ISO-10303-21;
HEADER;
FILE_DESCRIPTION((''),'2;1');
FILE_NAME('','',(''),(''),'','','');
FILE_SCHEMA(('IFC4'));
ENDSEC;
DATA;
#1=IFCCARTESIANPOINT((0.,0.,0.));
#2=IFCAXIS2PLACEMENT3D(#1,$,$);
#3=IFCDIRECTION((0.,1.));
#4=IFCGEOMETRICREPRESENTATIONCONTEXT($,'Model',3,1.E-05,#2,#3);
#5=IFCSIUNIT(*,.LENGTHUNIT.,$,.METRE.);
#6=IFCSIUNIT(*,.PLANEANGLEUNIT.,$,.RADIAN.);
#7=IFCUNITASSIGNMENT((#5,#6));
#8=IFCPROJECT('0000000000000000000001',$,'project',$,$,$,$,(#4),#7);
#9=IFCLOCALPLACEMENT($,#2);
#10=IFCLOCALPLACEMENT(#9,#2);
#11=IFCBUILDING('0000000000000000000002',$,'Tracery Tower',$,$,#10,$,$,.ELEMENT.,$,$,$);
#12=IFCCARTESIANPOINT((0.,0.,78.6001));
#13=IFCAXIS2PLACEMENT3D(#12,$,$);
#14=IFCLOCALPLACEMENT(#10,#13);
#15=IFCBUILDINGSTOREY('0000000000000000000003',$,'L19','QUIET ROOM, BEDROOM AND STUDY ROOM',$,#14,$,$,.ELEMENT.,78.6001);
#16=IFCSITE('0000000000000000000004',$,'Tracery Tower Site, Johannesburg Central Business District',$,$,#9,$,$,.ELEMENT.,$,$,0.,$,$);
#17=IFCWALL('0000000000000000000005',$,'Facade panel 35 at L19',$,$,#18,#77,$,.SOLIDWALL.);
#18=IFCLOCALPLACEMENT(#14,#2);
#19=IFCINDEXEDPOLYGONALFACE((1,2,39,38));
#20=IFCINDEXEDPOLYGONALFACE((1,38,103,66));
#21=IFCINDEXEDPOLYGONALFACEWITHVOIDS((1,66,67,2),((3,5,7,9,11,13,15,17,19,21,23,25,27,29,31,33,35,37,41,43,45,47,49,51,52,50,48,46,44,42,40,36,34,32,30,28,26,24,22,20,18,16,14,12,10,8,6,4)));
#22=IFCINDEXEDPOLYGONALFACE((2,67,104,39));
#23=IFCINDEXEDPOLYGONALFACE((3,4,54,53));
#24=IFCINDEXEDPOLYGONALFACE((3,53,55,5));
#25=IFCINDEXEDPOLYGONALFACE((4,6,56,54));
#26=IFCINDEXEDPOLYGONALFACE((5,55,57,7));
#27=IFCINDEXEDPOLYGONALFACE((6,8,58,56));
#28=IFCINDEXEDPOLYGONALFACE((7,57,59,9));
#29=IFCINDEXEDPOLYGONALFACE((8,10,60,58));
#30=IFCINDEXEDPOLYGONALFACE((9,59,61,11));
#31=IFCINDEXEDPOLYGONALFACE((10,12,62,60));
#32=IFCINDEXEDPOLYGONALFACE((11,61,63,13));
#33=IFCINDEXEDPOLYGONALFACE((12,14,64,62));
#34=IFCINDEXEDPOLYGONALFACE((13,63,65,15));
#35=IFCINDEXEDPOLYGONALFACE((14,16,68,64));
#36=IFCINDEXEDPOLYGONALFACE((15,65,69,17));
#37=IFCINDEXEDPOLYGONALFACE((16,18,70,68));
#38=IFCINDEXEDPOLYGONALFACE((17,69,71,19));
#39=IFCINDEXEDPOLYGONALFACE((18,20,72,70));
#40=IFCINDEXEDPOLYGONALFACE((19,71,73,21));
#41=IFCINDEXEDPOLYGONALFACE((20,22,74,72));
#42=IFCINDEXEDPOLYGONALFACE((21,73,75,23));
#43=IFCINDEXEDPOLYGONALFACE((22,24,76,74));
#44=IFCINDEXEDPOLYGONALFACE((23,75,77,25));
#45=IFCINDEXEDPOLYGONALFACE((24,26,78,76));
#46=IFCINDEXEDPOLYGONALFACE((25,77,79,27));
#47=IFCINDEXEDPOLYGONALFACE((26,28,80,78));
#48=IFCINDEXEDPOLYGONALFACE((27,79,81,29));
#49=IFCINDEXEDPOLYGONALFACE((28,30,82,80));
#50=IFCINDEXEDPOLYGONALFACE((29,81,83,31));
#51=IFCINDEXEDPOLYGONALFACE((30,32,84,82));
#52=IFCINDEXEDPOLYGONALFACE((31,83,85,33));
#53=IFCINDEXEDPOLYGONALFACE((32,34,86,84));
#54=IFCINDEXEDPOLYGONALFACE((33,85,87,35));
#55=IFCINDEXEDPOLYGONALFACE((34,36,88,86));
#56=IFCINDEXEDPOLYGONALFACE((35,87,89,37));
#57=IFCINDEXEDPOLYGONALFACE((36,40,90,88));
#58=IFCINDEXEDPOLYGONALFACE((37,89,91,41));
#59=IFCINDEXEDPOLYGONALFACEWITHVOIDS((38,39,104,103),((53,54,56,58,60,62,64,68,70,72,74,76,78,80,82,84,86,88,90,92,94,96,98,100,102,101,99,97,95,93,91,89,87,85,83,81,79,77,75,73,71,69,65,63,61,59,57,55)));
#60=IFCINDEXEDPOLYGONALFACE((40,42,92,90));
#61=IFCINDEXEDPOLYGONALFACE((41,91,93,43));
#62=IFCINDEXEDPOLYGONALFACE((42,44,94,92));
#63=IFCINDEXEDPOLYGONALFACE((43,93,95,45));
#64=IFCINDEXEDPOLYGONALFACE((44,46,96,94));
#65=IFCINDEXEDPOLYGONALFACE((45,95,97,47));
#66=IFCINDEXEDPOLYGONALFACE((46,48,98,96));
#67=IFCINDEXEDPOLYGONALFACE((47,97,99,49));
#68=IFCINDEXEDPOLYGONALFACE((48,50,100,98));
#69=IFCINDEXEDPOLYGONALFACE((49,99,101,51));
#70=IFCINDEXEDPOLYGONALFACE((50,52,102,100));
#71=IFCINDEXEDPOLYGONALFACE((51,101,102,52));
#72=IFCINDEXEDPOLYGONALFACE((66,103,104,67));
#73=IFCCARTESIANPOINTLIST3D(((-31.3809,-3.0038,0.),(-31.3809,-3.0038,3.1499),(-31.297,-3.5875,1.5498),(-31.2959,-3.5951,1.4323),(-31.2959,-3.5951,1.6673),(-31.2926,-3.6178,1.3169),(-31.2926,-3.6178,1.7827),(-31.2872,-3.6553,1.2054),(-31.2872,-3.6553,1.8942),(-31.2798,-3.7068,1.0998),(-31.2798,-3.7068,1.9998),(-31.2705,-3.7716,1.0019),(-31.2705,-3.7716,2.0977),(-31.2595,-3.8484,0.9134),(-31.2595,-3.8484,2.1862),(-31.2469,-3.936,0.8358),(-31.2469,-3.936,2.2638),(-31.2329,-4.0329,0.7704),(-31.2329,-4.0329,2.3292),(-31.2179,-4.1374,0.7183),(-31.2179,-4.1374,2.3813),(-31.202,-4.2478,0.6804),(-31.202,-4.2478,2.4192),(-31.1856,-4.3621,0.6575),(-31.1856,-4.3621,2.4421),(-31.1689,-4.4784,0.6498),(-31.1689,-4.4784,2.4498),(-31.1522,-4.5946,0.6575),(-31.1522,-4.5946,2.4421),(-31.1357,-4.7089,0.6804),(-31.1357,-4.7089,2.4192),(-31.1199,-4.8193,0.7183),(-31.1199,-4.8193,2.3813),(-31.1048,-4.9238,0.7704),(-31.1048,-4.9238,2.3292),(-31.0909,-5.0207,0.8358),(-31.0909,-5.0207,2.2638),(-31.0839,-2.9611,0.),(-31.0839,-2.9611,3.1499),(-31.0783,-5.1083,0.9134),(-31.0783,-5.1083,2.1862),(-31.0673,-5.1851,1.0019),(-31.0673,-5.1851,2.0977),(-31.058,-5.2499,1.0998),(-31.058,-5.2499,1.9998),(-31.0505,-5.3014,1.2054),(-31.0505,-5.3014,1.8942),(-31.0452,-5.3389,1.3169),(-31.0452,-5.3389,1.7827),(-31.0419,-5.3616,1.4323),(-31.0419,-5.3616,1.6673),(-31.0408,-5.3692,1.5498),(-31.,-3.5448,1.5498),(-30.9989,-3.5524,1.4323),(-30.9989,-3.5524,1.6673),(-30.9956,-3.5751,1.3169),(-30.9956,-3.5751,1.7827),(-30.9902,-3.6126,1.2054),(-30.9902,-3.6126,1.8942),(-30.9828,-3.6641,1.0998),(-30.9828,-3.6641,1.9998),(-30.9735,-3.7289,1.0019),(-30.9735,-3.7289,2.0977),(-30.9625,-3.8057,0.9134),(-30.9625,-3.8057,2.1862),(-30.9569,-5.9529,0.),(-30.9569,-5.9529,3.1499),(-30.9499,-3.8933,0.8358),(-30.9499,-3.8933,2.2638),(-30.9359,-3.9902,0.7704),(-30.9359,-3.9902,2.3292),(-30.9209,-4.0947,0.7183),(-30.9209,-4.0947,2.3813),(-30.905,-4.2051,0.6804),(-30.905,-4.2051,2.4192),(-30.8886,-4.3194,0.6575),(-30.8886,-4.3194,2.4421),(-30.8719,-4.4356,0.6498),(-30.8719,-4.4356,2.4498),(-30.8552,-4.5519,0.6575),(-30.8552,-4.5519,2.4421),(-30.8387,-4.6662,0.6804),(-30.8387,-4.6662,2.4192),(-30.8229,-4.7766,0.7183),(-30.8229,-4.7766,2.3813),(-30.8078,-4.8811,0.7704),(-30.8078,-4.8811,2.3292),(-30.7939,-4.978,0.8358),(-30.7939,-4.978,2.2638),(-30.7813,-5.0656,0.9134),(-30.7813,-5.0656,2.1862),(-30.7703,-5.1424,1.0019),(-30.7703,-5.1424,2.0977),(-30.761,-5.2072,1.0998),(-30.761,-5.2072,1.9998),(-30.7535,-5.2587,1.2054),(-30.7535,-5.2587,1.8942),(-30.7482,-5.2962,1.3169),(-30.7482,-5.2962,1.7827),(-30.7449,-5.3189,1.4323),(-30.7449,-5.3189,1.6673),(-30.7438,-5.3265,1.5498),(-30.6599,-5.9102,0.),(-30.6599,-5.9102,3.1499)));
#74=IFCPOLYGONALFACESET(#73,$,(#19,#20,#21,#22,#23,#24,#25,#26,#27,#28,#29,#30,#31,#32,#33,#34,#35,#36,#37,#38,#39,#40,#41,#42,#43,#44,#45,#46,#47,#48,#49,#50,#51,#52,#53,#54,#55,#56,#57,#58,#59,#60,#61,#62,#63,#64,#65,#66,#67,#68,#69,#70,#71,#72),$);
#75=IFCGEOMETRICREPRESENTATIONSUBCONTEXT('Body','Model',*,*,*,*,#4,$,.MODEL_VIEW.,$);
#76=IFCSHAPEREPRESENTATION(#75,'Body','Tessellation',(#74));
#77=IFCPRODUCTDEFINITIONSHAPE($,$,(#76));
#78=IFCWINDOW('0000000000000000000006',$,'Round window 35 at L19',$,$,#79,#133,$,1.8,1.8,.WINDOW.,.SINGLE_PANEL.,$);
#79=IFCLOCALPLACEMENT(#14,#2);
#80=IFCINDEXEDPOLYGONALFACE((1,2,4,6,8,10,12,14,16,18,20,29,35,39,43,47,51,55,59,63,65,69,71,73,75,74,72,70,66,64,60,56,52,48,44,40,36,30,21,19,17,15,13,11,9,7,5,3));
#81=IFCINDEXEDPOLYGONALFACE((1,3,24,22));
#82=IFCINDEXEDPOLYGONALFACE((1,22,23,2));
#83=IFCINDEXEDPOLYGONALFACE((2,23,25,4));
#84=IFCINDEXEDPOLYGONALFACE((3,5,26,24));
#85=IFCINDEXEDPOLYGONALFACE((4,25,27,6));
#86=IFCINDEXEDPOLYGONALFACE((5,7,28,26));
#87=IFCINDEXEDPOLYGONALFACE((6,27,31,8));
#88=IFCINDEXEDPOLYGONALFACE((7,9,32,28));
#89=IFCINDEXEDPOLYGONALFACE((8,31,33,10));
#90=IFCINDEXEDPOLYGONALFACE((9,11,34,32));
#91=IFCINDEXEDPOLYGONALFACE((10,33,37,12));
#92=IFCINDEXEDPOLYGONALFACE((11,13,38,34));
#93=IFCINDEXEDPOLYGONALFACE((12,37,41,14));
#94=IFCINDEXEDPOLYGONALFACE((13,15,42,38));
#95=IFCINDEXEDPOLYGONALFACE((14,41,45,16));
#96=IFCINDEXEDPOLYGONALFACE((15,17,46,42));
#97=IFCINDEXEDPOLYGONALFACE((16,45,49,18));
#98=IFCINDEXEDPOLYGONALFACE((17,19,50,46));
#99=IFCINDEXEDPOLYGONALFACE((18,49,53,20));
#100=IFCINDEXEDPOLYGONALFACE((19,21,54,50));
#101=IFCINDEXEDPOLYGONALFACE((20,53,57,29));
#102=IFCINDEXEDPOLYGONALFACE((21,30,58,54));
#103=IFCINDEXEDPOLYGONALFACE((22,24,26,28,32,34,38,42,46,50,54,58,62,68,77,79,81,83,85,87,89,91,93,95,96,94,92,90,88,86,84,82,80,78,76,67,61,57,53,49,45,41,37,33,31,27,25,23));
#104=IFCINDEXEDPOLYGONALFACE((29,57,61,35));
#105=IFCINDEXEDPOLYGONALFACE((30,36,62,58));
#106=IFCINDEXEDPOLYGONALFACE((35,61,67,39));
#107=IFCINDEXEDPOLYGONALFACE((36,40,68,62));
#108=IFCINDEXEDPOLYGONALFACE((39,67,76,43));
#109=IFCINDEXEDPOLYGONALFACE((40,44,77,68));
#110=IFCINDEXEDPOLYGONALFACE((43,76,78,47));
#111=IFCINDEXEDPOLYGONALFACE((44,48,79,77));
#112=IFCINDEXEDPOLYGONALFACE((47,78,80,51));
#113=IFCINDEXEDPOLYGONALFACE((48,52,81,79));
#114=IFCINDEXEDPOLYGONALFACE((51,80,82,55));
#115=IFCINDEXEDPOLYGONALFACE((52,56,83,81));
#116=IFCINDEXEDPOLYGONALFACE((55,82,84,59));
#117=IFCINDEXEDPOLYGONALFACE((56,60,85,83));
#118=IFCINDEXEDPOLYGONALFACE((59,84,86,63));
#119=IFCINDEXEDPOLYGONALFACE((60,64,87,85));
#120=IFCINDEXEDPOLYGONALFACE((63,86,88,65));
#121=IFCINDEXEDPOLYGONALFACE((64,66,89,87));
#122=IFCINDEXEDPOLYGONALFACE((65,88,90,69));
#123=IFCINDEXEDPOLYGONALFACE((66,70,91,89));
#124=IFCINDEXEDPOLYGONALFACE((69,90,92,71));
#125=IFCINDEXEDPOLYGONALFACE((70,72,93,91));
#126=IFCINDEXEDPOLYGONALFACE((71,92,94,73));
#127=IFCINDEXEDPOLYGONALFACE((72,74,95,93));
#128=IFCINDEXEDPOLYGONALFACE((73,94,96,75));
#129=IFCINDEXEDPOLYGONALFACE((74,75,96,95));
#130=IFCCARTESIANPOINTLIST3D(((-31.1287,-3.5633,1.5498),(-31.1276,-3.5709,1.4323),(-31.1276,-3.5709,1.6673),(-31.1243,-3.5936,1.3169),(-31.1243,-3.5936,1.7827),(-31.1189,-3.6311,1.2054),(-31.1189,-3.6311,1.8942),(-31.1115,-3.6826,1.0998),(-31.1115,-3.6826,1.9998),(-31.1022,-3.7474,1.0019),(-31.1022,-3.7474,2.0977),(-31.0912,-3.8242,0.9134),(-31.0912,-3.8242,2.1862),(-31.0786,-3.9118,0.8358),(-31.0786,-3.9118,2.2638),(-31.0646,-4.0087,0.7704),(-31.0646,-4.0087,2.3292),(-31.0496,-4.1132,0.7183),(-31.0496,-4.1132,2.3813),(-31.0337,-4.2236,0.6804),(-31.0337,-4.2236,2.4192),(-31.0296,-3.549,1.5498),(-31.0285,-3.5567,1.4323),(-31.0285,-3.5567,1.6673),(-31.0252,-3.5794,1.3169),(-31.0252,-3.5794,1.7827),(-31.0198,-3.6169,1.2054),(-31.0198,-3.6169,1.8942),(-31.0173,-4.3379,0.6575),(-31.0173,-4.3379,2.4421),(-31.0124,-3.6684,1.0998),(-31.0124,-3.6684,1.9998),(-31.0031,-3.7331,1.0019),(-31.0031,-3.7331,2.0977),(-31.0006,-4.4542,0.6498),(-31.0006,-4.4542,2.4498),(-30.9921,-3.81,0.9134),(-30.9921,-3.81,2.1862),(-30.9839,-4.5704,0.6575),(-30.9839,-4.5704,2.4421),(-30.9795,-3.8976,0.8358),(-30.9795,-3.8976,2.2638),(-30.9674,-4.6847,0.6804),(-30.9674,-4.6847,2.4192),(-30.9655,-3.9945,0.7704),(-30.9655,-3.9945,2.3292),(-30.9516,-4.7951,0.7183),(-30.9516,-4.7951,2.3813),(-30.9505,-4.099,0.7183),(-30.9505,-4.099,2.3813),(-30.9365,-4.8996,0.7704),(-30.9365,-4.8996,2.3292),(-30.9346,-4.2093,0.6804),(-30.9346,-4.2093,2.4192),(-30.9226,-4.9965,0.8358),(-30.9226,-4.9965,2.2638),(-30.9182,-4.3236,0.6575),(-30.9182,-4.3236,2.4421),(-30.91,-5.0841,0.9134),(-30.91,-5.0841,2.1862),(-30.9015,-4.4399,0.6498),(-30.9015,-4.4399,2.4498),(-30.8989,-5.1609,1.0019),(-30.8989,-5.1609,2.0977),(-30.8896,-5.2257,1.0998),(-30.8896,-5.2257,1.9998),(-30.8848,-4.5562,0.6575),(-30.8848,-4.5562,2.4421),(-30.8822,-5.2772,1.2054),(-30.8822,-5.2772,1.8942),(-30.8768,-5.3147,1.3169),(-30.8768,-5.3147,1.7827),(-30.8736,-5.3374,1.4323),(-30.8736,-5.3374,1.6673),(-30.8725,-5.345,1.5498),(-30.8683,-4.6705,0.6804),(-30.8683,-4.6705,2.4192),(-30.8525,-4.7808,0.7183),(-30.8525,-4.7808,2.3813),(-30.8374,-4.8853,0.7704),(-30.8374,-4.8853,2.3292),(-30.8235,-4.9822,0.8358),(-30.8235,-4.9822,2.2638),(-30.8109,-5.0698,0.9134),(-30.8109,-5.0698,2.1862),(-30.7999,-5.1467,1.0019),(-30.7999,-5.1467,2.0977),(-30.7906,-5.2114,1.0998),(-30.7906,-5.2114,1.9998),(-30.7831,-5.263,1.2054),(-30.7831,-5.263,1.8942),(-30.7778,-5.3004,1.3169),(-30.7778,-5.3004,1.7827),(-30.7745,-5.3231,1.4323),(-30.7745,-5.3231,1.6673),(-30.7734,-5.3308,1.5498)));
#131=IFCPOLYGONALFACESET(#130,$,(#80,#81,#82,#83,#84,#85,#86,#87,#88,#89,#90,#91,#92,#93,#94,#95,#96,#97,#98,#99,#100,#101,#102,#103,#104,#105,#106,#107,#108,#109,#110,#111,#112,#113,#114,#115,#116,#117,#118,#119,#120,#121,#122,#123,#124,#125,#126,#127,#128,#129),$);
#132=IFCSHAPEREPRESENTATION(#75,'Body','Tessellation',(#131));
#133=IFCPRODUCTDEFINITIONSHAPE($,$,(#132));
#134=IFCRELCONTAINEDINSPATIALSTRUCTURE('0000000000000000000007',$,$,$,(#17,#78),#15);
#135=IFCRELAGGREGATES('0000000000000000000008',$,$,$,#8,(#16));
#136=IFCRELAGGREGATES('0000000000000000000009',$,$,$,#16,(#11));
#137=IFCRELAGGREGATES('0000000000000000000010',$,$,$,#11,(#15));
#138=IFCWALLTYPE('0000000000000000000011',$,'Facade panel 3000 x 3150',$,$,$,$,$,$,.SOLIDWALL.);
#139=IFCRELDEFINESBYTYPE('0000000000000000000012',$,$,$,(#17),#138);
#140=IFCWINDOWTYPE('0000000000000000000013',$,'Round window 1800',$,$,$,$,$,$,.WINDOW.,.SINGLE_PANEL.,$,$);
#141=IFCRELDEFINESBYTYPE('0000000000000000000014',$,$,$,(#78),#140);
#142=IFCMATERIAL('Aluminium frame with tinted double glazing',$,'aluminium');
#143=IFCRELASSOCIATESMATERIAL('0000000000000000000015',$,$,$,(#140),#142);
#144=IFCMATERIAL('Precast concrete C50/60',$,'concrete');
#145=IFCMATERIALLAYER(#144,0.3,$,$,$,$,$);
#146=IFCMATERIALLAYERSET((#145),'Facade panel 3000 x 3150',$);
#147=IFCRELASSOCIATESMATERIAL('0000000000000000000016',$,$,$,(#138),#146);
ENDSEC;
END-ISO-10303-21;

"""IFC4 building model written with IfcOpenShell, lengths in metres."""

from ifc_helpers import new_model, si_unit, direction, frame, frame_2d, origin, origin_2d, place, context, subcontext, project, spatial, rectangle, circle, extrude, material, layer, layer_set, type_object, element, fill, save


model = new_model("IFC4")

# Units and contexts
model_context = context("Model", 3, precision=1e-05, world=origin(), true_north=direction((0.0, 1.0)))
body_context = subcontext(model_context, "Body", "Model", "MODEL_VIEW")
ifc_project = project(units=[si_unit("LENGTHUNIT", "METRE"), si_unit("PLANEANGLEUNIT", "RADIAN")], contexts=[model_context])

# Site, building, storey
site_placement = place(None, origin())
site = spatial("IfcSite", under=ifc_project, at=site_placement, Name="Tracery Tower Site, Johannesburg Central Business District", CompositionType="ELEMENT", RefElevation=0.0)
building_placement = place(site_placement, origin())
building = spatial("IfcBuilding", under=site, at=building_placement, Name="Tracery Tower", CompositionType="ELEMENT")
storey_placement = place(building_placement, frame((0.0, 0.0, 78.6001)))
storey = spatial("IfcBuildingStorey", under=building, at=storey_placement, Name="L19", Description="QUIET ROOM, BEDROOM AND STUDY ROOM", CompositionType="ELEMENT", Elevation=78.6001)

# Wall, opening, window
ifc_material_1 = material(Name="Aluminium frame with tinted double glazing", Category="aluminium")
window_type = type_object("IfcWindowType", Name="Round window 1800", PartitioningType="SINGLE_PANEL", PredefinedType="WINDOW", material=ifc_material_1)
ifc_material_2 = material(Name="Precast concrete C50/60", Category="concrete")
ifc_layer_1 = layer(ifc_material_2, 0.3)
ifc_layer_set_1 = layer_set([ifc_layer_1], Name="Facade panel 3000 x 3150")
wall_type_1 = type_object("IfcWallType", Name="Facade panel 3000 x 3150", PredefinedType="SOLIDWALL", material=ifc_layer_set_1)
wall_1_placement = place(storey_placement, frame((-31.2324, -2.9824, 0.0), z_axis=(0.0, 0.0, 1.0), x_axis=(0.142328, -0.98982, 0.0)))
wall_1 = element("IfcWall", 1, at=wall_1_placement, inside=storey, type_object=wall_type_1, Name="Facade panel 35 at L19", PredefinedType="SOLIDWALL", context=body_context, shape_type="SweptSolid", body=[
    extrude(rectangle(XDim=2.9795, YDim=0.3, at=frame_2d((1.4897, 0.0))), origin(), (0.0, 0.0, 1.0), 3.1499),
])
opening_1_placement = place(wall_1_placement, frame((1.4897, 0.0, 1.5498)))
opening_1 = element("IfcOpeningElement", 2, at=opening_1_placement, cuts=wall_1, PredefinedType="OPENING", context=body_context, shape_type="SweptSolid", body=[
    extrude(circle(Radius=0.9, at=origin_2d()), frame((0.0, 0.1599, 0.0), z_axis=(0.0, -1.0, 0.0), x_axis=(1.0, 0.0, 0.0)), (0.0, 0.0, 1.0), 0.3201),
])
window_1_placement = place(opening_1_placement, origin())
window_1 = element("IfcWindow", 3, at=window_1_placement, inside=storey, type_object=window_type, Name="Round window 35 at L19", OverallHeight=1.8, OverallWidth=1.8, PartitioningType="SINGLE_PANEL", PredefinedType="WINDOW", context=body_context, shape_type="SweptSolid", body=[
    extrude(circle(Radius=0.9, at=origin_2d()), frame((0.0, 0.1201, 0.0), z_axis=(0.0, -1.0, 0.0), x_axis=(1.0, 0.0, 0.0)), (0.0, 0.0, 1.0), 0.1001),
])
fill(opening_1, window_1)

save(model, "model.ifc")
